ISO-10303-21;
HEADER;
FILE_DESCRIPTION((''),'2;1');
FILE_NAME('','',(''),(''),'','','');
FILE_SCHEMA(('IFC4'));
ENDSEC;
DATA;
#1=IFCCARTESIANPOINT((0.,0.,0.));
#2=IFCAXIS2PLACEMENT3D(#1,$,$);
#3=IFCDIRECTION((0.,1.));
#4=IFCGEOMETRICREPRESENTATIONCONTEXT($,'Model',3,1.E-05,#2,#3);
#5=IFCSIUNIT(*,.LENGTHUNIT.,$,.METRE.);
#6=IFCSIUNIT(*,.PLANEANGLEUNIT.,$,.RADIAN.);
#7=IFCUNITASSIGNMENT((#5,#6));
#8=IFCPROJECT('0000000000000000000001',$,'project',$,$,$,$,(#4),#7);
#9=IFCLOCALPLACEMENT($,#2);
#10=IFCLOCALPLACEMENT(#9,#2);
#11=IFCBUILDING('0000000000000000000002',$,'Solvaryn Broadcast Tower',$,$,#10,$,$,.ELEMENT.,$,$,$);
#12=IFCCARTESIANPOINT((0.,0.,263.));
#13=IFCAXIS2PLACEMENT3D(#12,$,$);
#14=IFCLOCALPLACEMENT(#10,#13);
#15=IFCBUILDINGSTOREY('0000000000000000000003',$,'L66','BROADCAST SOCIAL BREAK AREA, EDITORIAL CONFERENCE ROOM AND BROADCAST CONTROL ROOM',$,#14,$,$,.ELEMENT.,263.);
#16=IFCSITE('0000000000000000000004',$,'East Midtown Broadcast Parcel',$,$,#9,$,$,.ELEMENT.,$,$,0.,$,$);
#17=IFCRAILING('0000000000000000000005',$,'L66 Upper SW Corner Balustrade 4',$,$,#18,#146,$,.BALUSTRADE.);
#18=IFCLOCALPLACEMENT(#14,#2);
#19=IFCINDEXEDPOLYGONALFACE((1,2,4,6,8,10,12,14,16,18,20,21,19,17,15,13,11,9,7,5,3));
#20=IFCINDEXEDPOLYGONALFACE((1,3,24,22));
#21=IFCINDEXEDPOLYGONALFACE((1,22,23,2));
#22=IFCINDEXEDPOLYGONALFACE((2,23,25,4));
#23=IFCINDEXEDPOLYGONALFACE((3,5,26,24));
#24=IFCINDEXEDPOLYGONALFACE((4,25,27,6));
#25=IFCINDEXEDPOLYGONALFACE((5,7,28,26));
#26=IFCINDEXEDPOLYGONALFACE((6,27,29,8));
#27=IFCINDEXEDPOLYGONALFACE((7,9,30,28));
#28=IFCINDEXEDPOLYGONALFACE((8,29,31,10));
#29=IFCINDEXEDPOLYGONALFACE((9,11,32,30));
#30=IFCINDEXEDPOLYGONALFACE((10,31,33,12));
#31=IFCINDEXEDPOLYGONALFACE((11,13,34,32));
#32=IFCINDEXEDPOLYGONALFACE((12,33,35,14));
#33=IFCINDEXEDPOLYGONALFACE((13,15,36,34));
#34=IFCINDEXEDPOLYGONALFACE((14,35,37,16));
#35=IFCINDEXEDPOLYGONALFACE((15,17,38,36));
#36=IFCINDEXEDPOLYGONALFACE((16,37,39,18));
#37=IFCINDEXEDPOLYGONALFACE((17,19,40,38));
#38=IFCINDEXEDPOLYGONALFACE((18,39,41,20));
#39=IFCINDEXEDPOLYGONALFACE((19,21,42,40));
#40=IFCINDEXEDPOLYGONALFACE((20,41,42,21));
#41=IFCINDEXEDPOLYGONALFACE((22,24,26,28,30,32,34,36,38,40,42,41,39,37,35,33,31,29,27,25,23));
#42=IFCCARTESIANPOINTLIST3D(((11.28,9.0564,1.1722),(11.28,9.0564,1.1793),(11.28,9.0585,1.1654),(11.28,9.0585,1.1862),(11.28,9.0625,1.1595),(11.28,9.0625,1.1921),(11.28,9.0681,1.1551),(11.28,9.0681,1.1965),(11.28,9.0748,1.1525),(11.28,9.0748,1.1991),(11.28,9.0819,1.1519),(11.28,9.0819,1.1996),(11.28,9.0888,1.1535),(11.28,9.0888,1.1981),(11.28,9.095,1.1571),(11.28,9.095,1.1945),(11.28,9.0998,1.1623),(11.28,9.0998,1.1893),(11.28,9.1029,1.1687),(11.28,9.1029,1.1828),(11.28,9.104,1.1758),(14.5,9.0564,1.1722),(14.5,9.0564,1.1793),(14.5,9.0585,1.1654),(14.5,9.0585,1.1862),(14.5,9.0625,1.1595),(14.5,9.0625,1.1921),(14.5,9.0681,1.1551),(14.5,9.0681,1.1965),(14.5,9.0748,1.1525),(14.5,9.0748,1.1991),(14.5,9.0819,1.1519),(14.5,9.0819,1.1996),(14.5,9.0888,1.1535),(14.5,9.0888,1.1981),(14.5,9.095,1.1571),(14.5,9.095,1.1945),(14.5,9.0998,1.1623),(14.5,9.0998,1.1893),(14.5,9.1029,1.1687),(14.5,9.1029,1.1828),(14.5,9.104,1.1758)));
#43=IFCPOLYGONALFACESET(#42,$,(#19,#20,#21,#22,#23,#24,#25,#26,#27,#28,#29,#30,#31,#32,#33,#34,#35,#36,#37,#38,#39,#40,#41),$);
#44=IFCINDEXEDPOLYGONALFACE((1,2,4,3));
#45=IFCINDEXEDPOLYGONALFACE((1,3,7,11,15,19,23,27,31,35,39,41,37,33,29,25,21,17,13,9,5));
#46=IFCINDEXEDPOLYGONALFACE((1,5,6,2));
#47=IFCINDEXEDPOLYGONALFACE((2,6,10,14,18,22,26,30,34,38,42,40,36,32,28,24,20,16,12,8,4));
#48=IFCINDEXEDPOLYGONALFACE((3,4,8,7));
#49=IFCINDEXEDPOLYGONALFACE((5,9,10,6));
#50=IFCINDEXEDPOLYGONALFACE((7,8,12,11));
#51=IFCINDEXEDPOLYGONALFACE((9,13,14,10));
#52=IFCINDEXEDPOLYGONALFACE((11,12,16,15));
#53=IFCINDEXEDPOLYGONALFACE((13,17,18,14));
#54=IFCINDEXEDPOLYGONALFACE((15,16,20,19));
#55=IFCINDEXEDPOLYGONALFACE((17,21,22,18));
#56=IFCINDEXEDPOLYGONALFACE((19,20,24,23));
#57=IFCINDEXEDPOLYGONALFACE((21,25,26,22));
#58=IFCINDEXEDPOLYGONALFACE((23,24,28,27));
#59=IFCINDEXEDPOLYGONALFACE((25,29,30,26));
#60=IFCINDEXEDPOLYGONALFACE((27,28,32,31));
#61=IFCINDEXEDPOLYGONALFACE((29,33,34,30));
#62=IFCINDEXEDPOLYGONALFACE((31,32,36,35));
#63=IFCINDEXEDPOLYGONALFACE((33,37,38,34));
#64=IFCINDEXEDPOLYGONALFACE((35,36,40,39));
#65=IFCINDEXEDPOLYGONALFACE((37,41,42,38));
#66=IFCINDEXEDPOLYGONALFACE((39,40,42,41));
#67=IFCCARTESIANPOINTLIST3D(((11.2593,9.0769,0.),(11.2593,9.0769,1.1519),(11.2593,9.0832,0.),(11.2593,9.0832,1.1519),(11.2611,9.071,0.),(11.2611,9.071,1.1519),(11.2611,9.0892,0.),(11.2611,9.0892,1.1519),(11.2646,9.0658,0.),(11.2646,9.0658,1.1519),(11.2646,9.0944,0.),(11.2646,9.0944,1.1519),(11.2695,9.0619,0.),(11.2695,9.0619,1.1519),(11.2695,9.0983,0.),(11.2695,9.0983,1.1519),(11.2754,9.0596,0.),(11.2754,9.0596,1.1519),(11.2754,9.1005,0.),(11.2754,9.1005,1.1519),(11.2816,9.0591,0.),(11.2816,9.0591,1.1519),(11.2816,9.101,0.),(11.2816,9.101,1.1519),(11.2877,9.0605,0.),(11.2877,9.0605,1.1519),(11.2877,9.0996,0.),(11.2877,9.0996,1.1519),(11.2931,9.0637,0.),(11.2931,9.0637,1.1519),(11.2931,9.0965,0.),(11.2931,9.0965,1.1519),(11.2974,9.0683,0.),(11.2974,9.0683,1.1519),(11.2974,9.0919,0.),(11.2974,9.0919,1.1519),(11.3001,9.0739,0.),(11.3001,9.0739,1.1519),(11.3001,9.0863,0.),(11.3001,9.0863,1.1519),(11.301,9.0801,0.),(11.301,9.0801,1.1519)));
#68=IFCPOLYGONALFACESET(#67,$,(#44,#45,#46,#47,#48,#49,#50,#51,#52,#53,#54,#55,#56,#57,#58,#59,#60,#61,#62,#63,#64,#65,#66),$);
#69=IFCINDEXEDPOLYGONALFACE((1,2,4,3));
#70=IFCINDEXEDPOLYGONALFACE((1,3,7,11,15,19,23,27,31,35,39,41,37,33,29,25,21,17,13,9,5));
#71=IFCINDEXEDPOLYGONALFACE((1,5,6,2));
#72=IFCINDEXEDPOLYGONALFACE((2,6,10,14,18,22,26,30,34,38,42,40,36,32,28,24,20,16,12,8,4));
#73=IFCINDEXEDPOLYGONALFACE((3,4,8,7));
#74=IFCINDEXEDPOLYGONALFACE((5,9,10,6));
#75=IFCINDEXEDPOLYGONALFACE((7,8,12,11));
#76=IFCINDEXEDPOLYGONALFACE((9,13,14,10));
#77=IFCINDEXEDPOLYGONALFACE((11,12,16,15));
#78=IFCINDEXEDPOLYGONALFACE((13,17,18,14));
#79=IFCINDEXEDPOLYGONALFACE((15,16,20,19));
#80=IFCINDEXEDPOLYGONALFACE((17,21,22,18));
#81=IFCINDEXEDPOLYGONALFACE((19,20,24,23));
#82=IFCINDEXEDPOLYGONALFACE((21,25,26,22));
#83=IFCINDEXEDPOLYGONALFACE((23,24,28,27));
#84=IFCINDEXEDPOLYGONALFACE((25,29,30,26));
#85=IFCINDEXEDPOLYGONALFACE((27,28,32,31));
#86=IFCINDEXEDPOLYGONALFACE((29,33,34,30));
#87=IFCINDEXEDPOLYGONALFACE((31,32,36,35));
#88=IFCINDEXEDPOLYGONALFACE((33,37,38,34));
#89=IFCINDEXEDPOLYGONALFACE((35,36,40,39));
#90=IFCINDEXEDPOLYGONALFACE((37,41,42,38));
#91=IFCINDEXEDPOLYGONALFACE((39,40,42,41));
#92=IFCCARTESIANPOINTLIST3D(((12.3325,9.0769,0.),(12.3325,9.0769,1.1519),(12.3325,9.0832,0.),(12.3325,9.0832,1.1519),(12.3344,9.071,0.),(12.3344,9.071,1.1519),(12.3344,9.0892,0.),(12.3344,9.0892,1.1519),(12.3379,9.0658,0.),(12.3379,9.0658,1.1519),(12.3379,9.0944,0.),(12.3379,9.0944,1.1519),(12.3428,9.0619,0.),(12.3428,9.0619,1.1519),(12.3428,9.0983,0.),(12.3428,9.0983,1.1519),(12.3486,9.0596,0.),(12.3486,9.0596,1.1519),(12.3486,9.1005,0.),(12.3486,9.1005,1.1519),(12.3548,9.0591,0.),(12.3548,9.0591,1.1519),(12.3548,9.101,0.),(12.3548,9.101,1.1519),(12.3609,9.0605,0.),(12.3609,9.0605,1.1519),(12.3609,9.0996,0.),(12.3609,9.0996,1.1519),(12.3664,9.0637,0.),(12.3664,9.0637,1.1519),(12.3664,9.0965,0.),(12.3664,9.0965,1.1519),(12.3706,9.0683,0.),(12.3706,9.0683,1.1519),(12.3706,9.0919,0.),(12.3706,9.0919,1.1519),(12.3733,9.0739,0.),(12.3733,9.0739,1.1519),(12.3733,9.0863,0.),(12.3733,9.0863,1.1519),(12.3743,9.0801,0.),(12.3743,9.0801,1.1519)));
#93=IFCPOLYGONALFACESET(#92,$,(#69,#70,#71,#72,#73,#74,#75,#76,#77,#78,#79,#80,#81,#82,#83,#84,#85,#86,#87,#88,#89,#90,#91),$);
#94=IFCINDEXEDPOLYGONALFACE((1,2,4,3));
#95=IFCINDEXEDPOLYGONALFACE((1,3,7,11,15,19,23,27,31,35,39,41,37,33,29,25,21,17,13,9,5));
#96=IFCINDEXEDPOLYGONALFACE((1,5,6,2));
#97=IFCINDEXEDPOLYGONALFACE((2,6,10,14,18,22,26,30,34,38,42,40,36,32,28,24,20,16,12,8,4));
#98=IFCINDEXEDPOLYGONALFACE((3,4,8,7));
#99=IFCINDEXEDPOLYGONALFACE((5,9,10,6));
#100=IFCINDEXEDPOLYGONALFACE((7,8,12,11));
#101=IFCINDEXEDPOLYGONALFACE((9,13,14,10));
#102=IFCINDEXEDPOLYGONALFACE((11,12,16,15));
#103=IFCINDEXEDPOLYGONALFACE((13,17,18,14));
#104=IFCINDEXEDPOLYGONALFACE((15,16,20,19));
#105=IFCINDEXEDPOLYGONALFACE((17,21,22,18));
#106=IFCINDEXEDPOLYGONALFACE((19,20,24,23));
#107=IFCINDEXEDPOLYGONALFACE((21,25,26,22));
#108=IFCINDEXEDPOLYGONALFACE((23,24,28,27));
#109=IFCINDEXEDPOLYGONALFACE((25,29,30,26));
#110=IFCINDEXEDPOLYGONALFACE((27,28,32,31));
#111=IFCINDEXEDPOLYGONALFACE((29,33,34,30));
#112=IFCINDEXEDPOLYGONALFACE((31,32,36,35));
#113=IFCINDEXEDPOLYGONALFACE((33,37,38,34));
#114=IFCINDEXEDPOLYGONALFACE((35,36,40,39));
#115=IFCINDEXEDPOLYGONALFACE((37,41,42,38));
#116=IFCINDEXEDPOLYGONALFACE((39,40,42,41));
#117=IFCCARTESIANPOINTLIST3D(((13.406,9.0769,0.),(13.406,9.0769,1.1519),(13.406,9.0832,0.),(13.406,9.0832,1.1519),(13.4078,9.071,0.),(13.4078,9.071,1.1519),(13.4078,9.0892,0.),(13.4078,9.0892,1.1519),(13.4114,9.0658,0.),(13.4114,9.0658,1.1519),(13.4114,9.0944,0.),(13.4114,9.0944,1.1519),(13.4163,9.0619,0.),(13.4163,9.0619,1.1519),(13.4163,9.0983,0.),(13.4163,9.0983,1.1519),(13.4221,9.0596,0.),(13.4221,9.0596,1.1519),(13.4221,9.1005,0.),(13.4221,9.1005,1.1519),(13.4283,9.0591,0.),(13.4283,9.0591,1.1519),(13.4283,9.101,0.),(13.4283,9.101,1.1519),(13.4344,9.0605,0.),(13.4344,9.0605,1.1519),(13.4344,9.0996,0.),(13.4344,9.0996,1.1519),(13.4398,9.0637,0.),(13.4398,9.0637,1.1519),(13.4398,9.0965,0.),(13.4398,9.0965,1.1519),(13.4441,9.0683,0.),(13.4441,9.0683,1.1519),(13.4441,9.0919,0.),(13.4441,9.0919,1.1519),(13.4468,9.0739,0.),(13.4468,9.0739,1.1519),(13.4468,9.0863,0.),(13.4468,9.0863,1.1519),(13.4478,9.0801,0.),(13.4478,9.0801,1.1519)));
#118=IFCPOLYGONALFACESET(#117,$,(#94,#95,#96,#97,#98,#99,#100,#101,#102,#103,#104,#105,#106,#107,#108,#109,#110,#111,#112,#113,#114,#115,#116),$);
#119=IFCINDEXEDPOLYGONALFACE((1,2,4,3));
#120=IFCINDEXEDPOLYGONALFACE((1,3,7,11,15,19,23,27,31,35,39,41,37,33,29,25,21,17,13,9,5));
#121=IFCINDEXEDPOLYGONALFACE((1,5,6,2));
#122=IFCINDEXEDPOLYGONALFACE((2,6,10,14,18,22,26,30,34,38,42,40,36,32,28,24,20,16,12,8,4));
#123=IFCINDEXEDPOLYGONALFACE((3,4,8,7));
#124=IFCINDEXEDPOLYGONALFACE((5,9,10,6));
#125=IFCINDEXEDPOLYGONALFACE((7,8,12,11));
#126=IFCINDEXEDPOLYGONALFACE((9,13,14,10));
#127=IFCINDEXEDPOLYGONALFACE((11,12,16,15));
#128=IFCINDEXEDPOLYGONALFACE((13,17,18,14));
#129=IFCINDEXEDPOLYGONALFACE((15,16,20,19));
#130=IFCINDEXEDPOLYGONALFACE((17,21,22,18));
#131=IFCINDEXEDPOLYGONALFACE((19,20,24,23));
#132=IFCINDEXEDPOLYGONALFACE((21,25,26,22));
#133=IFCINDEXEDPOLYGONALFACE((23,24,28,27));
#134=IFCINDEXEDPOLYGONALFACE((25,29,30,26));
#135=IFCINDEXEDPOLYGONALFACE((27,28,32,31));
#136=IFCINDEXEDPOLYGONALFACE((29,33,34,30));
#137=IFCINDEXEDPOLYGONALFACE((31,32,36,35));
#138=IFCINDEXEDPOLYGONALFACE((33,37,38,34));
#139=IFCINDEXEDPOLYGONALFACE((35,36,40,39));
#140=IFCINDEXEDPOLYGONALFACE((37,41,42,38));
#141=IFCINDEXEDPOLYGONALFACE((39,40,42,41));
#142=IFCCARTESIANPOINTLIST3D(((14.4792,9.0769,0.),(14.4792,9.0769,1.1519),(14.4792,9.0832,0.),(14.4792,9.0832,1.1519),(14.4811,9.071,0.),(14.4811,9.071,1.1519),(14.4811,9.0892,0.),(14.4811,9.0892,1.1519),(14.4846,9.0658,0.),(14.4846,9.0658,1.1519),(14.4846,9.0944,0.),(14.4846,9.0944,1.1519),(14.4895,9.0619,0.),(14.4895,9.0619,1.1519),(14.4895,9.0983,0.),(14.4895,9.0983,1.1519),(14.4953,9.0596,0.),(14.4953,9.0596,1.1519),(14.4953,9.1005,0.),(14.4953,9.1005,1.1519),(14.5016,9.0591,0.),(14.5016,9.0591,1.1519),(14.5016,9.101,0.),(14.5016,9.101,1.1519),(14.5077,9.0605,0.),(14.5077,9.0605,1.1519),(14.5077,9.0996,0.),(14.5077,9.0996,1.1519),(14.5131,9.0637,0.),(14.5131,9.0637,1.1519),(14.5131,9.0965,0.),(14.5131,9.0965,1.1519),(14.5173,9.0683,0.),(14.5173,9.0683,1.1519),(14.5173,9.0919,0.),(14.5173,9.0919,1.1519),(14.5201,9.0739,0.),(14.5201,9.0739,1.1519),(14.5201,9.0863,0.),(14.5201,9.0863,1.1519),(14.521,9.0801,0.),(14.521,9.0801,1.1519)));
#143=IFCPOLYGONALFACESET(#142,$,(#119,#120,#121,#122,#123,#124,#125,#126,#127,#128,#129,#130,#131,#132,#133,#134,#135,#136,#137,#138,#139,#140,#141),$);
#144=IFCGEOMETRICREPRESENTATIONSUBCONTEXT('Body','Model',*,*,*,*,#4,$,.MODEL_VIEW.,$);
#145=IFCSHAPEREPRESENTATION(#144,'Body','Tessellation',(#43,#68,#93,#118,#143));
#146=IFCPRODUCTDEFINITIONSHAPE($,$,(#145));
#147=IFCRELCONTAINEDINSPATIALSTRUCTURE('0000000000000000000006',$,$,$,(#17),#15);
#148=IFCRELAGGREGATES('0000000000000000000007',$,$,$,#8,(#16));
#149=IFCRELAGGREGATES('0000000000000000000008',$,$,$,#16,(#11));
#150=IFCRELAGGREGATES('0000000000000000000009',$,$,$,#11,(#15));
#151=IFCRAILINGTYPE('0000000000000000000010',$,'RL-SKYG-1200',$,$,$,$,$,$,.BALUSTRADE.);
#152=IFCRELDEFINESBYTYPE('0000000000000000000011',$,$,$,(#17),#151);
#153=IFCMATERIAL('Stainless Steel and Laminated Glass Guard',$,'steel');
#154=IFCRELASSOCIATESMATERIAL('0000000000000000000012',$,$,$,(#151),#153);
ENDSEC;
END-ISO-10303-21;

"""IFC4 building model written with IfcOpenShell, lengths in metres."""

from ifc_helpers import new_model, si_unit, direction, frame, origin, origin_2d, place, context, subcontext, project, spatial, circle, extrude, material, type_object, element, save


model = new_model("IFC4")

# Units and contexts
model_context = context("Model", 3, precision=1e-05, world=origin(), true_north=direction((0.0, 1.0)))
body_context = subcontext(model_context, "Body", "Model", "MODEL_VIEW")
ifc_project = project(units=[si_unit("LENGTHUNIT", "METRE"), si_unit("PLANEANGLEUNIT", "RADIAN")], contexts=[model_context])

# Site, building, storey
site_placement = place(None, origin())
site = spatial("IfcSite", under=ifc_project, at=site_placement, Name="East Midtown Broadcast Parcel", CompositionType="ELEMENT", RefElevation=0.0)
building_placement = place(site_placement, origin())
building = spatial("IfcBuilding", under=site, at=building_placement, Name="Solvaryn Broadcast Tower", CompositionType="ELEMENT")
storey_placement = place(building_placement, frame((0.0, 0.0, 263.0)))
storey = spatial("IfcBuildingStorey", under=building, at=storey_placement, Name="L66", Description="BROADCAST SOCIAL BREAK AREA, EDITORIAL CONFERENCE ROOM AND BROADCAST CONTROL ROOM", CompositionType="ELEMENT", Elevation=263.0)

# Railing
ifc_material_1 = material(Name="Stainless Steel and Laminated Glass Guard", Category="steel")
railing_type = type_object("IfcRailingType", Name="RL-SKYG-1200", PredefinedType="BALUSTRADE", material=ifc_material_1)
railing_1_placement = place(storey_placement, frame((11.28, 9.0801, 0.0)))
element("IfcRailing", 1, at=railing_1_placement, inside=storey, type_object=railing_type, Name="L66 Upper SW Corner Balustrade 4", PredefinedType="BALUSTRADE", context=body_context, shape_type="SweptSolid", body=[
    extrude(circle(Radius=0.0239, at=origin_2d()), frame((0.0, 0.0, 1.1758), z_axis=(1.0, 0.0, 0.0), x_axis=(0.0, 1.0, 0.0)), (0.0, 0.0, 1.0), 3.22),
    extrude(circle(Radius=0.021, at=origin_2d()), origin(), (0.0, 0.0, 1.0), 1.1519),
    extrude(circle(Radius=0.021, at=origin_2d()), frame((1.0732, 0.0, 0.0)), (0.0, 0.0, 1.0), 1.1519),
    extrude(circle(Radius=0.021, at=origin_2d()), frame((2.1467, 0.0, 0.0)), (0.0, 0.0, 1.0), 1.1519),
    extrude(circle(Radius=0.021, at=origin_2d()), frame((3.22, 0.0, 0.0)), (0.0, 0.0, 1.0), 1.1519),
])

save(model, "model.ifc")
